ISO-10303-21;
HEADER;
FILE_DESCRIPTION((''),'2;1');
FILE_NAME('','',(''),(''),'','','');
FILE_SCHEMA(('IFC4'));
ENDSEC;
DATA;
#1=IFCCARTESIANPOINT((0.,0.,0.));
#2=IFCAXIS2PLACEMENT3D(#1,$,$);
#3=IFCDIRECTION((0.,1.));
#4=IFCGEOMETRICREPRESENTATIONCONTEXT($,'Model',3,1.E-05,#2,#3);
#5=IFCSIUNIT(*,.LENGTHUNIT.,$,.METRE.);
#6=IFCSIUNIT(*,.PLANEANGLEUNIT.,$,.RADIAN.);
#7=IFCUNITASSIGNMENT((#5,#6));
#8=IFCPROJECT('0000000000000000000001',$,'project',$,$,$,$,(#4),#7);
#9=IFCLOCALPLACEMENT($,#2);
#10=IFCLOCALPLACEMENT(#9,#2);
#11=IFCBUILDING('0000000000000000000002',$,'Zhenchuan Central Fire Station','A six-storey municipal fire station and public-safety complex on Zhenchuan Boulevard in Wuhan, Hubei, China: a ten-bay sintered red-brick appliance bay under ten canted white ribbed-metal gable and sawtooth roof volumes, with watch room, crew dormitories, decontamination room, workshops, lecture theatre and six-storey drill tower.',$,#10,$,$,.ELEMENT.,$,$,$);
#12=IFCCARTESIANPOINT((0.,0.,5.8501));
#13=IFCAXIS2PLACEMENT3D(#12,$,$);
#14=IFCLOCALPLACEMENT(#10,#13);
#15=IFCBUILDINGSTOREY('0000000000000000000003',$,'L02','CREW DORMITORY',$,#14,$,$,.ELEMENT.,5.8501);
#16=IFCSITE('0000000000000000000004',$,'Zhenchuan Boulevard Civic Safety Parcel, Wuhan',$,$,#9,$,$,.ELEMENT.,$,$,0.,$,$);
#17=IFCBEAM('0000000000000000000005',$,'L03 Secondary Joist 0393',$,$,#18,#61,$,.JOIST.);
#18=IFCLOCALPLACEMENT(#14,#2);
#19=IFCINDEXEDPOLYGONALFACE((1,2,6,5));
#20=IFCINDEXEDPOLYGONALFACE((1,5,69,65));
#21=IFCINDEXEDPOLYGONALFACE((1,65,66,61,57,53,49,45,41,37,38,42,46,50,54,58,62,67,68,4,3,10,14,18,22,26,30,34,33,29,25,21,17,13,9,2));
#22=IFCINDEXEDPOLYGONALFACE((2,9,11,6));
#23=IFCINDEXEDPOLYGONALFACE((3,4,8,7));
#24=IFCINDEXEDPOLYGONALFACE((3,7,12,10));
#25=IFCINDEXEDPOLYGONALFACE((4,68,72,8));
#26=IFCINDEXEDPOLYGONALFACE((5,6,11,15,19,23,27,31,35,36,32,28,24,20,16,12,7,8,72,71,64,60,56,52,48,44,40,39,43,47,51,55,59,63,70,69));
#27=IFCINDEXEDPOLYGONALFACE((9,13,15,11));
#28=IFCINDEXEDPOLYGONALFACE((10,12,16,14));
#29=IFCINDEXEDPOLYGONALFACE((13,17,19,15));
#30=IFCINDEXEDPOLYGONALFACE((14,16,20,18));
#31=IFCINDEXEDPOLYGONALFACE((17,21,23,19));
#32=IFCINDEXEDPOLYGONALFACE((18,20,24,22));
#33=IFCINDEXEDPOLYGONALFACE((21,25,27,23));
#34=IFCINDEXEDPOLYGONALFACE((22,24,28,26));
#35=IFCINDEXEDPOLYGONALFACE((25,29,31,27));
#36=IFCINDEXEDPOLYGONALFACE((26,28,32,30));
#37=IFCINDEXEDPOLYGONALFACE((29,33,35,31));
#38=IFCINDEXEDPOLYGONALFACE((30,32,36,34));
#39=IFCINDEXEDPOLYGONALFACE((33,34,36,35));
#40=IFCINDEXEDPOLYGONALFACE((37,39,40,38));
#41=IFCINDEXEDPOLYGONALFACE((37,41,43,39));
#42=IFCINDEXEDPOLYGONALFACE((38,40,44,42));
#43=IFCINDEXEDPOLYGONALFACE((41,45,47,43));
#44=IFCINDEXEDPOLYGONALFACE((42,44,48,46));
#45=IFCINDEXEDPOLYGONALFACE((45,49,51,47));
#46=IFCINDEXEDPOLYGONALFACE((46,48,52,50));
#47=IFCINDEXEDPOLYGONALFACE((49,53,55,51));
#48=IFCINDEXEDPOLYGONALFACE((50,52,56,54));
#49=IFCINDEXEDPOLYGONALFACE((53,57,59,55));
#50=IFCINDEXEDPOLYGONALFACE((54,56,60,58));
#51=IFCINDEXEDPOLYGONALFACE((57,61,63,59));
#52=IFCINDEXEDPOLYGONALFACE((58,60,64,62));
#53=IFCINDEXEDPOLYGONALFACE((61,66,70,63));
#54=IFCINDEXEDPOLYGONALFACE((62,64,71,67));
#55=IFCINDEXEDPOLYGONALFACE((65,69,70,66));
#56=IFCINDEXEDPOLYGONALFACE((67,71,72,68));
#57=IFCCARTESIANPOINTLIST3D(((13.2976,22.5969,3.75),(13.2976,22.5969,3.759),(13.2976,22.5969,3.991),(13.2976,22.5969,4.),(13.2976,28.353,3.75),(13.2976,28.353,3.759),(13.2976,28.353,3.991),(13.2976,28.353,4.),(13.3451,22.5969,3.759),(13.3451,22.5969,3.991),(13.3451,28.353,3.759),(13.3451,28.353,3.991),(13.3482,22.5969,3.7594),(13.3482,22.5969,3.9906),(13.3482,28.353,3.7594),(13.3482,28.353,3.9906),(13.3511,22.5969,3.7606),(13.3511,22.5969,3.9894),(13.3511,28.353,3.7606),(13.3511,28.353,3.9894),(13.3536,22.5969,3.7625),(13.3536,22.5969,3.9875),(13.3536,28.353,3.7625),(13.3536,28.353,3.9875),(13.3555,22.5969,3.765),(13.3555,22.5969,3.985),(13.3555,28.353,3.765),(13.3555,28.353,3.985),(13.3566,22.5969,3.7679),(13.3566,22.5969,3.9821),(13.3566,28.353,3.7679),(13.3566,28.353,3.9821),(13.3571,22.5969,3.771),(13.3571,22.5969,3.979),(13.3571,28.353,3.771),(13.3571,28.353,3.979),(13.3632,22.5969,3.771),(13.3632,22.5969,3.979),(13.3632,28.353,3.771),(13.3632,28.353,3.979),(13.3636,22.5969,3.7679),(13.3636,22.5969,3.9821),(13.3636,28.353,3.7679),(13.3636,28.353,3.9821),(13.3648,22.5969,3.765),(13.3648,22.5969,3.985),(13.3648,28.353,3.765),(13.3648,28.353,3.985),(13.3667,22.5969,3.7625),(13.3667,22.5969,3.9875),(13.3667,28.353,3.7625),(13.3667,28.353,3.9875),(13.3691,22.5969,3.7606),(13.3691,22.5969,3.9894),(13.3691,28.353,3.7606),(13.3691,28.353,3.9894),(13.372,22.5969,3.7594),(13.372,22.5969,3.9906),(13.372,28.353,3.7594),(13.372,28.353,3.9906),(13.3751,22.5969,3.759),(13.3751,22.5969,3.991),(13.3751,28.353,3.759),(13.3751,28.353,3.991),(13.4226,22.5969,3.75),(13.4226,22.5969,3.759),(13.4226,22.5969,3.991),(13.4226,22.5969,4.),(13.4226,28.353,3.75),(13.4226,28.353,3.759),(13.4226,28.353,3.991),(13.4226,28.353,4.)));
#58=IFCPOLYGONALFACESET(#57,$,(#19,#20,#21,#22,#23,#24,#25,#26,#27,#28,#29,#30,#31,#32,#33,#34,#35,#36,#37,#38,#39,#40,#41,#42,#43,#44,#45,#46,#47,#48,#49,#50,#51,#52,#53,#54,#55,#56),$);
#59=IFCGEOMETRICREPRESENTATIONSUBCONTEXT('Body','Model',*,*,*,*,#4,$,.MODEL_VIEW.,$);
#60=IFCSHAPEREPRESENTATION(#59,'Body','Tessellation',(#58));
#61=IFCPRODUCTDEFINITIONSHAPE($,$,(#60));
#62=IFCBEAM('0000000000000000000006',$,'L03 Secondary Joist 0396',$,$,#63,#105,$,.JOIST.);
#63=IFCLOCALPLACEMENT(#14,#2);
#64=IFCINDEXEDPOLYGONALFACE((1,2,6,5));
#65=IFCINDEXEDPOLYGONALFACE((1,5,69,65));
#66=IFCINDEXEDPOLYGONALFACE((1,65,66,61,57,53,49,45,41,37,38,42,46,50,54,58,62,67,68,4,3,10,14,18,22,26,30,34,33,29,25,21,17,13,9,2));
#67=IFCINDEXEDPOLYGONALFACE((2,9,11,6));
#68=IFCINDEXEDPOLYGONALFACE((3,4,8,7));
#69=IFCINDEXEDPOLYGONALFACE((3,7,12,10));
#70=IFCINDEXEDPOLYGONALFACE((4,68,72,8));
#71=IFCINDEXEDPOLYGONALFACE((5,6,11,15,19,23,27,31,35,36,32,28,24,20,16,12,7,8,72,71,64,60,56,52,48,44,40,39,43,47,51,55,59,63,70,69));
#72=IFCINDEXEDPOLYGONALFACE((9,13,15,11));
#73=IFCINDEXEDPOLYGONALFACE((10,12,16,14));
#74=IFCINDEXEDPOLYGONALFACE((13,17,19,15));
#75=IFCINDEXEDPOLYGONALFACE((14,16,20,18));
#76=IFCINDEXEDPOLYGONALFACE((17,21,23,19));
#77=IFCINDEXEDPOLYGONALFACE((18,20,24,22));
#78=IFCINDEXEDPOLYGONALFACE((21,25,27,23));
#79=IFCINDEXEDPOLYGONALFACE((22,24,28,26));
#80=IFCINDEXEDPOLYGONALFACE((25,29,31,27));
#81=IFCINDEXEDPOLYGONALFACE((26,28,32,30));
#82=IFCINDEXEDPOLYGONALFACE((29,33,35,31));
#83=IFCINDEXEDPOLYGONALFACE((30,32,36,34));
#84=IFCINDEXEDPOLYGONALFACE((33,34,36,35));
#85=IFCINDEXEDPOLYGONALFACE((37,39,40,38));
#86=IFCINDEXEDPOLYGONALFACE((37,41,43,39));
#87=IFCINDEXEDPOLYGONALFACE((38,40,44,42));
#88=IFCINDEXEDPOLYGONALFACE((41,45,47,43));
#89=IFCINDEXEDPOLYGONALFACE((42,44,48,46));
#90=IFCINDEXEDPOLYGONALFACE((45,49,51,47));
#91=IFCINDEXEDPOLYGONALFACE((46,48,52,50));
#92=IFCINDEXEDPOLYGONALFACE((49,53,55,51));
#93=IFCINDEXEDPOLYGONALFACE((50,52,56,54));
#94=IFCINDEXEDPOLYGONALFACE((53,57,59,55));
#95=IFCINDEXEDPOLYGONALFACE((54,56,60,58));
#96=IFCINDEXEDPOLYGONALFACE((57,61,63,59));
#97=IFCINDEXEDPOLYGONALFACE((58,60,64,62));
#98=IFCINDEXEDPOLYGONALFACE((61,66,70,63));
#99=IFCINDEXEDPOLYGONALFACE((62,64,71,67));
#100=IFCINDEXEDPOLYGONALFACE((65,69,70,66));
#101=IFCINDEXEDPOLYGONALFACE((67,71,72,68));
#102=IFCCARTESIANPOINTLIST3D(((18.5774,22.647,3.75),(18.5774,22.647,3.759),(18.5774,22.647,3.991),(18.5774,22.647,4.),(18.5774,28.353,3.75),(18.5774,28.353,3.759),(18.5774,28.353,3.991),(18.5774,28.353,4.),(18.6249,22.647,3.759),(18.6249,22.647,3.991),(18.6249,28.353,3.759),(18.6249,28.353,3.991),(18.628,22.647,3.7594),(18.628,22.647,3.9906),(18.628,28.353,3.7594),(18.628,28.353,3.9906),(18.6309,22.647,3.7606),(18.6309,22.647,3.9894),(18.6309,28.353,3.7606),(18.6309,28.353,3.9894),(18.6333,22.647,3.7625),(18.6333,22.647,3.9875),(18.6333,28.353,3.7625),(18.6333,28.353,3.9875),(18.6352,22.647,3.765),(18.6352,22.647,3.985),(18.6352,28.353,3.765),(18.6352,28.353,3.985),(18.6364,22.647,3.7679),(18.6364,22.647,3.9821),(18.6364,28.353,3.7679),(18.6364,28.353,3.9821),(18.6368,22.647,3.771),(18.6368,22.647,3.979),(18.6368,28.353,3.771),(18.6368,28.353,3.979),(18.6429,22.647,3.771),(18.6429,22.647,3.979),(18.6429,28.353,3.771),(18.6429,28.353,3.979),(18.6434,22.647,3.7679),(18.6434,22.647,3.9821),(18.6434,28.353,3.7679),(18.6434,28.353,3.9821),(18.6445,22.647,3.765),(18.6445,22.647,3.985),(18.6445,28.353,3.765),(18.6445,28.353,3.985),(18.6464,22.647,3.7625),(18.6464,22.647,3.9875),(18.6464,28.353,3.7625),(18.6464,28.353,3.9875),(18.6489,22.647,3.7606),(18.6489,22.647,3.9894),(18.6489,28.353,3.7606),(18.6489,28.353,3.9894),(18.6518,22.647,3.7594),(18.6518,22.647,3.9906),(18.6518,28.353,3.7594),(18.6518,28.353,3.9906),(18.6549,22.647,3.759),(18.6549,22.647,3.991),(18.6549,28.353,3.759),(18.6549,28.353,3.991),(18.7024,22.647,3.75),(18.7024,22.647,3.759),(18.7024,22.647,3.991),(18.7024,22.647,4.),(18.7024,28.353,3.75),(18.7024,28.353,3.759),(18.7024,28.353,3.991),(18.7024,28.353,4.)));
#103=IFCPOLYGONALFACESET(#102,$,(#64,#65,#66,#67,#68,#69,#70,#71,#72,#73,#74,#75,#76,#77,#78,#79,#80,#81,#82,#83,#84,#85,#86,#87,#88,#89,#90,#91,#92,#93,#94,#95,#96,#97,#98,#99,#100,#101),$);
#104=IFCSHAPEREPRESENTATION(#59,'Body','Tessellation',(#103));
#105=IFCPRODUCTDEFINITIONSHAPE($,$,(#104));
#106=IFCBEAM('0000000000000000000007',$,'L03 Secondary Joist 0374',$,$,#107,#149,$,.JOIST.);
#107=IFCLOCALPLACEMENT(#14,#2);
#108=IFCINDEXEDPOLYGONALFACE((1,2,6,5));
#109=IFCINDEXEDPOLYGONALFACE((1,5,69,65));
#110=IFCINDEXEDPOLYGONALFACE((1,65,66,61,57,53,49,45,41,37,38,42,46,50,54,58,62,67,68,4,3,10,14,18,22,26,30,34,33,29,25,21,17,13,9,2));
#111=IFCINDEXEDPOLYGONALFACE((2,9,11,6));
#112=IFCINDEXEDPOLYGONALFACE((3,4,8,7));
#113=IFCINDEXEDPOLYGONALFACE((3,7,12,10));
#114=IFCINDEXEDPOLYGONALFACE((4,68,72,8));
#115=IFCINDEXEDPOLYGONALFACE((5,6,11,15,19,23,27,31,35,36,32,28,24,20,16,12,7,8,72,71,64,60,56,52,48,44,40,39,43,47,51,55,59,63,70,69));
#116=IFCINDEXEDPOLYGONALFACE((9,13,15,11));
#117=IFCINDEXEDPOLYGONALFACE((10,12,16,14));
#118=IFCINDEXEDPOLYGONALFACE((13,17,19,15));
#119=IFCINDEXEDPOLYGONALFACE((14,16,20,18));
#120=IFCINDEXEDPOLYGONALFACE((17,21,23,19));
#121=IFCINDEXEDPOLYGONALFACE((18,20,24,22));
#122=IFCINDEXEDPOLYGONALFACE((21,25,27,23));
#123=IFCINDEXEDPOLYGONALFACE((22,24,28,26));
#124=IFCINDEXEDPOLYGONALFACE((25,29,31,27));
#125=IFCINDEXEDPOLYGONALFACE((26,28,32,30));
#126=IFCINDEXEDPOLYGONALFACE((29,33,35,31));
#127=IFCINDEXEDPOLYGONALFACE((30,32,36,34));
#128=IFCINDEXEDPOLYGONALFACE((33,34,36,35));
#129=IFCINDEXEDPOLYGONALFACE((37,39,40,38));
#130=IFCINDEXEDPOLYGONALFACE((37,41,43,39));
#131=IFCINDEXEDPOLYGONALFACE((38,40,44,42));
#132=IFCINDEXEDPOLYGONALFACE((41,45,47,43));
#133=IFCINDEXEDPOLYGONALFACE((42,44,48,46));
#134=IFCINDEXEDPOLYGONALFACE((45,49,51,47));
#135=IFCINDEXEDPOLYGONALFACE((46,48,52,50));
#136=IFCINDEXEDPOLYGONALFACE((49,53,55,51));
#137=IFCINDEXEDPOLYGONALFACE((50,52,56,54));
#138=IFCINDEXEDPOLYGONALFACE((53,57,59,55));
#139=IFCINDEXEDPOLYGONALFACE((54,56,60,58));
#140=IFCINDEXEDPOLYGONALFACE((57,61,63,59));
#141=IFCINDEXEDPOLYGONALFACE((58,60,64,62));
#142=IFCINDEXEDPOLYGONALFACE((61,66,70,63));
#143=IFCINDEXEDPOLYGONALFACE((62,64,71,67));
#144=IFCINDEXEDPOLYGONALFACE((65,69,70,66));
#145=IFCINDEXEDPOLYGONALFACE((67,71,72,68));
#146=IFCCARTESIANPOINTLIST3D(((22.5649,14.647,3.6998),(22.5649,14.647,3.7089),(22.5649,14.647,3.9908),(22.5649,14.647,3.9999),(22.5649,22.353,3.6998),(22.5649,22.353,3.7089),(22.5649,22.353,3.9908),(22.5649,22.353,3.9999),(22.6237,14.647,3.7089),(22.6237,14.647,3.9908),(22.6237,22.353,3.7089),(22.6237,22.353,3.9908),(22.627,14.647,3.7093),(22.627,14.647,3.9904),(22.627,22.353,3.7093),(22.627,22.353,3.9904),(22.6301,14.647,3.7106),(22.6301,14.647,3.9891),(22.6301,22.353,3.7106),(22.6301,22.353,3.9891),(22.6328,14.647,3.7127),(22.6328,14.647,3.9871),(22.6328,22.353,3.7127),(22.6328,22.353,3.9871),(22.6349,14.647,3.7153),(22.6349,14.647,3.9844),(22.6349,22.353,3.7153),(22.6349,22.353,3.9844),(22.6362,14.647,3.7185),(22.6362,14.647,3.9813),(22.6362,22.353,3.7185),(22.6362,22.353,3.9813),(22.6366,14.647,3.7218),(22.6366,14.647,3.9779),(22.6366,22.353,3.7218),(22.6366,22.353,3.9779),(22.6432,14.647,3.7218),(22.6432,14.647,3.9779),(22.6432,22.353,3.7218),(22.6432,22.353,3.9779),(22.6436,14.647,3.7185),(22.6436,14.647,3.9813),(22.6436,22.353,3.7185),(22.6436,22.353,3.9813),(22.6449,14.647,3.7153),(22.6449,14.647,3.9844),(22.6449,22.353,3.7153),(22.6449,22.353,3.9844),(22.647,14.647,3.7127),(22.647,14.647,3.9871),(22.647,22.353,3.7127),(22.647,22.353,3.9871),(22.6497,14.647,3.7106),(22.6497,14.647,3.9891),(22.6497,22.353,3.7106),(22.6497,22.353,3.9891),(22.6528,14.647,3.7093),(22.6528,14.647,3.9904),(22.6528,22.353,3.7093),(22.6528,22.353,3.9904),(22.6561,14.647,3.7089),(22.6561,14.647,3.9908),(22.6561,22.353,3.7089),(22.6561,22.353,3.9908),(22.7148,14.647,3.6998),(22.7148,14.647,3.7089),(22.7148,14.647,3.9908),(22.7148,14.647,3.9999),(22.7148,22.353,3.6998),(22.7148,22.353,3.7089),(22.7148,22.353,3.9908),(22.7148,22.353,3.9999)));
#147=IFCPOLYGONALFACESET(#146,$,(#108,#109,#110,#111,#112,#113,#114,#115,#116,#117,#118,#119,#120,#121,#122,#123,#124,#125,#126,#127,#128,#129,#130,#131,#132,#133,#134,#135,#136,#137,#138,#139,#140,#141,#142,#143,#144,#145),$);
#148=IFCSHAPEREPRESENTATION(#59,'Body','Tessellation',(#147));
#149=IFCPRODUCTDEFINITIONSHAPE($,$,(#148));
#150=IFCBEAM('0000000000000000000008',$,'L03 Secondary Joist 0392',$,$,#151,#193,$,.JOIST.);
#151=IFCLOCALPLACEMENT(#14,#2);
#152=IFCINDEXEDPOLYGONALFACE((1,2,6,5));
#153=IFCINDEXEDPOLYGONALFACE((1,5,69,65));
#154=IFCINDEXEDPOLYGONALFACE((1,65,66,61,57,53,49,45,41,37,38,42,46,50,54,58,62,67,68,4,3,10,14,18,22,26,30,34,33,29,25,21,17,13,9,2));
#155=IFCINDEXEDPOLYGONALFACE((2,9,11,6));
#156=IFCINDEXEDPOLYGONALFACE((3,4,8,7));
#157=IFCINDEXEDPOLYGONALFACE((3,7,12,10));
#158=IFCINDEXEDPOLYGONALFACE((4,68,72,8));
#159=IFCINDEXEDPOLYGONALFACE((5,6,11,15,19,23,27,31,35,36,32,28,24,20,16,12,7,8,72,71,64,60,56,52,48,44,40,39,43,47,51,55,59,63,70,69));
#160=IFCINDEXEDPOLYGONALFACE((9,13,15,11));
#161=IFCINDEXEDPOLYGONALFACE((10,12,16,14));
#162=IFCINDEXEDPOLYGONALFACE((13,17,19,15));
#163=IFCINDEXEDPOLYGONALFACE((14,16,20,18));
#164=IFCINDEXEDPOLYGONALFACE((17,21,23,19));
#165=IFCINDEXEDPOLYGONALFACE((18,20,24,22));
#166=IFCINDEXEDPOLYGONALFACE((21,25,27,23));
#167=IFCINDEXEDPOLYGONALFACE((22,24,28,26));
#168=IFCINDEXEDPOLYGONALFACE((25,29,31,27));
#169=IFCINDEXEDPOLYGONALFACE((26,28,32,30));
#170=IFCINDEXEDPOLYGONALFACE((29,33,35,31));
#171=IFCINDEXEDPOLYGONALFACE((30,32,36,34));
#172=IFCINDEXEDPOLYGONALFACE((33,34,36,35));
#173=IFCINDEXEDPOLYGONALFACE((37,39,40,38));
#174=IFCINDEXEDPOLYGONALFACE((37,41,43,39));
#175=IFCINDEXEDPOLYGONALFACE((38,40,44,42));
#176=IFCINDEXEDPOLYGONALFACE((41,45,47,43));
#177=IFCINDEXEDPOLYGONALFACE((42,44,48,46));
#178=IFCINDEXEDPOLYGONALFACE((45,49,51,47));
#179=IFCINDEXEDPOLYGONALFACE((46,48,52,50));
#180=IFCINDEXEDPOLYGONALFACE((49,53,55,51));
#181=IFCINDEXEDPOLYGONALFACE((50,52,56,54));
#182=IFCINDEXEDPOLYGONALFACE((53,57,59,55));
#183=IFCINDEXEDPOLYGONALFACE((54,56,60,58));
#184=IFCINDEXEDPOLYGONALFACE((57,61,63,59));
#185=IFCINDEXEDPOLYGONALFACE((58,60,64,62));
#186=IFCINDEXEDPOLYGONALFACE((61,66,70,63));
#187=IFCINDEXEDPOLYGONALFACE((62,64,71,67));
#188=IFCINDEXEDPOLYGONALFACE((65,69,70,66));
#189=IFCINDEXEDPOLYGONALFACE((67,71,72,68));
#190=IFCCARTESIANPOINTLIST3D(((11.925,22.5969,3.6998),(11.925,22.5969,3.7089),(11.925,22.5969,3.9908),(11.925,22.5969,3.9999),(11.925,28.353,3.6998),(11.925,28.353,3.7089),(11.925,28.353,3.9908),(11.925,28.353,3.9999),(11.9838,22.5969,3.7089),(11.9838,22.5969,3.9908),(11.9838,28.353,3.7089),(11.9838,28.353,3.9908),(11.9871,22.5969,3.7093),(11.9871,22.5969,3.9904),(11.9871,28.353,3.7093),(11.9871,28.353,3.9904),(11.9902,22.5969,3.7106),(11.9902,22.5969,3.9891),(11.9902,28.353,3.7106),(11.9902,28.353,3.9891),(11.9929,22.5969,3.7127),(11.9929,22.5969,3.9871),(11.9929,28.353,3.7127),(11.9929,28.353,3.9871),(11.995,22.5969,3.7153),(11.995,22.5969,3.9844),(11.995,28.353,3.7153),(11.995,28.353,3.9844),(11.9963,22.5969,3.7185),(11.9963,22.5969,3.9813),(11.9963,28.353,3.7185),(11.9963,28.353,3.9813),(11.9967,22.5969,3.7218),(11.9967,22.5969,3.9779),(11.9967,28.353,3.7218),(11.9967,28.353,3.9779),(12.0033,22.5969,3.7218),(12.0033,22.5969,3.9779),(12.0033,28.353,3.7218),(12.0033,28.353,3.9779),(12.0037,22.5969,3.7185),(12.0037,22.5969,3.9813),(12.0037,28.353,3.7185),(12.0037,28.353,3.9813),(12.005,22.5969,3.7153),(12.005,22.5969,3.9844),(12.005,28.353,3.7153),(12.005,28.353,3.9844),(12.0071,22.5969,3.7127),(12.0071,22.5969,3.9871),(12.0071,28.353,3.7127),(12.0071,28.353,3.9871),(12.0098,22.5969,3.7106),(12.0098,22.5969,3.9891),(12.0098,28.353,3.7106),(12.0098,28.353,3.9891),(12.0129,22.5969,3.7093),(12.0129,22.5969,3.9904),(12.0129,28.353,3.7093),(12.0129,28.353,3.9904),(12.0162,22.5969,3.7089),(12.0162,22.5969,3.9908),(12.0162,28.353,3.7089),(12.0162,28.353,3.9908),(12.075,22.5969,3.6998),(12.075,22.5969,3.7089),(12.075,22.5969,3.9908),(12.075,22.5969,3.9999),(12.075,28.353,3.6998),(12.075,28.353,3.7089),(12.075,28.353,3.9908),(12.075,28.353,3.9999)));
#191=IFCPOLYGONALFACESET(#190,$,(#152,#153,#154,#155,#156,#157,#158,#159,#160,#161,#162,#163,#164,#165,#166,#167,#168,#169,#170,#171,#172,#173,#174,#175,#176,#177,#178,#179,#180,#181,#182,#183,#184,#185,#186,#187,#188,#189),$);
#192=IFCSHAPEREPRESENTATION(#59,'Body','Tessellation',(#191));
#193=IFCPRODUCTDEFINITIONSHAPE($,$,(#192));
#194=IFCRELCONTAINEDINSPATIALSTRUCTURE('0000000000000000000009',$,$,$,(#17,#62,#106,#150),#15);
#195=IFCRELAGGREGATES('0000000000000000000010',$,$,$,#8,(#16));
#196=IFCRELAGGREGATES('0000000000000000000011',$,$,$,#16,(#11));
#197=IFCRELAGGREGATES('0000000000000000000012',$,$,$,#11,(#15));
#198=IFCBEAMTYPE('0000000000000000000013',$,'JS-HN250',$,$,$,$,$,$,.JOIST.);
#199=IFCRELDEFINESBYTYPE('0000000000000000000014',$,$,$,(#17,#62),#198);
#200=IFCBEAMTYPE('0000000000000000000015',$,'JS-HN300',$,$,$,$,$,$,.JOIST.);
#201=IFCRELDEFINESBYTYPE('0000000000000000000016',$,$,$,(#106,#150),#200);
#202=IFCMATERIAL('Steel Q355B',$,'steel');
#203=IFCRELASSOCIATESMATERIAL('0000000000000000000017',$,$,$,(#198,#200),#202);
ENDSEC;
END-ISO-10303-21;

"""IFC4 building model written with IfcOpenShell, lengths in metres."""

from ifc_helpers import new_model, si_unit, direction, frame, origin, origin_2d, place, context, subcontext, project, spatial, i_section, extrude, material, material_profile, profile_set, type_object, element, save


model = new_model("IFC4")

# Units and contexts
model_context = context("Model", 3, precision=1e-05, world=origin(), true_north=direction((0.0, 1.0)))
body_context = subcontext(model_context, "Body", "Model", "MODEL_VIEW")
ifc_project = project(units=[si_unit("LENGTHUNIT", "METRE"), si_unit("PLANEANGLEUNIT", "RADIAN")], contexts=[model_context])

# Site, building, storey
site_placement = place(None, origin())
site = spatial("IfcSite", under=ifc_project, at=site_placement, Name="Zhenchuan Boulevard Civic Safety Parcel, Wuhan", CompositionType="ELEMENT", RefElevation=0.0)
building_placement = place(site_placement, origin())
building = spatial("IfcBuilding", under=site, at=building_placement, Name="Zhenchuan Central Fire Station", Description="A six-storey municipal fire station and public-safety complex on Zhenchuan Boulevard in Wuhan, Hubei, China: a ten-bay sintered red-brick appliance bay under ten canted white ribbed-metal gable and sawtooth roof volumes, with watch room, crew dormitories, decontamination room, workshops, lecture theatre and six-storey drill tower.", CompositionType="ELEMENT")
storey_placement = place(building_placement, frame((0.0, 0.0, 5.8501)))
storey = spatial("IfcBuildingStorey", under=building, at=storey_placement, Name="L02", Description="CREW DORMITORY", CompositionType="ELEMENT", Elevation=5.8501)

# Shared definitions
ifc_material_1 = material(Name="Steel Q355B", Category="steel")

# Beams
ifc_material_profile_1 = material_profile(ifc_material_1, i_section(OverallWidth=0.125, OverallDepth=0.25, WebThickness=0.0061, FlangeThickness=0.009, FilletRadius=0.012, at=origin_2d()), Name="HN 250x125")
ifc_profile_set_1 = profile_set([ifc_material_profile_1], Name="Steel Q355B")
beam_type_1 = type_object("IfcBeamType", Name="JS-HN250", PredefinedType="JOIST", material=ifc_profile_set_1)
beam_1_placement = place(storey_placement, frame((13.3601, 22.5969, 3.875), z_axis=(0.0, 1.0, 0.0), x_axis=(-1.0, 0.0, 0.0)))
element("IfcBeam", 1, at=beam_1_placement, inside=storey, type_object=beam_type_1, Name="L03 Secondary Joist 0393", PredefinedType="JOIST", context=body_context, shape_type="SweptSolid", body=[
    extrude(i_section(OverallWidth=0.125, OverallDepth=0.25, WebThickness=0.0061, FlangeThickness=0.009, FilletRadius=0.012, at=origin_2d()), origin(), (0.0, 0.0, 1.0), 5.7561),
])
beam_2_placement = place(storey_placement, frame((18.6399, 22.647, 3.875), z_axis=(0.0, 1.0, 0.0), x_axis=(-1.0, 0.0, 0.0)))
element("IfcBeam", 2, at=beam_2_placement, inside=storey, type_object=beam_type_1, Name="L03 Secondary Joist 0396", PredefinedType="JOIST", context=body_context, shape_type="SweptSolid", body=[
    extrude(i_section(OverallWidth=0.125, OverallDepth=0.25, WebThickness=0.0061, FlangeThickness=0.009, FilletRadius=0.012, at=origin_2d()), origin(), (0.0, 0.0, 1.0), 5.7061),
])
ifc_material_profile_2 = material_profile(ifc_material_1, i_section(OverallWidth=0.1499, OverallDepth=0.3, WebThickness=0.0066, FlangeThickness=0.009, FilletRadius=0.0129, at=origin_2d()), Name="HN 300x150")
ifc_profile_set_2 = profile_set([ifc_material_profile_2], Name="Steel Q355B")
beam_type_2 = type_object("IfcBeamType", Name="JS-HN300", PredefinedType="JOIST", material=ifc_profile_set_2)
beam_3_placement = place(storey_placement, frame((22.6399, 14.647, 3.8499), z_axis=(0.0, 1.0, 0.0), x_axis=(-1.0, 0.0, 0.0)))
element("IfcBeam", 3, at=beam_3_placement, inside=storey, type_object=beam_type_2, Name="L03 Secondary Joist 0374", PredefinedType="JOIST", context=body_context, shape_type="SweptSolid", body=[
    extrude(i_section(OverallWidth=0.1499, OverallDepth=0.3, WebThickness=0.0066, FlangeThickness=0.009, FilletRadius=0.0129, at=origin_2d()), origin(), (0.0, 0.0, 1.0), 7.7061),
])
beam_4_placement = place(storey_placement, frame((12.0, 22.5969, 3.8499), z_axis=(0.0, 1.0, 0.0), x_axis=(-1.0, 0.0, 0.0)))
element("IfcBeam", 4, at=beam_4_placement, inside=storey, type_object=beam_type_2, Name="L03 Secondary Joist 0392", PredefinedType="JOIST", context=body_context, shape_type="SweptSolid", body=[
    extrude(i_section(OverallWidth=0.1499, OverallDepth=0.3, WebThickness=0.0066, FlangeThickness=0.009, FilletRadius=0.0129, at=origin_2d()), origin(), (0.0, 0.0, 1.0), 5.7561),
])

save(model, "model.ifc")
